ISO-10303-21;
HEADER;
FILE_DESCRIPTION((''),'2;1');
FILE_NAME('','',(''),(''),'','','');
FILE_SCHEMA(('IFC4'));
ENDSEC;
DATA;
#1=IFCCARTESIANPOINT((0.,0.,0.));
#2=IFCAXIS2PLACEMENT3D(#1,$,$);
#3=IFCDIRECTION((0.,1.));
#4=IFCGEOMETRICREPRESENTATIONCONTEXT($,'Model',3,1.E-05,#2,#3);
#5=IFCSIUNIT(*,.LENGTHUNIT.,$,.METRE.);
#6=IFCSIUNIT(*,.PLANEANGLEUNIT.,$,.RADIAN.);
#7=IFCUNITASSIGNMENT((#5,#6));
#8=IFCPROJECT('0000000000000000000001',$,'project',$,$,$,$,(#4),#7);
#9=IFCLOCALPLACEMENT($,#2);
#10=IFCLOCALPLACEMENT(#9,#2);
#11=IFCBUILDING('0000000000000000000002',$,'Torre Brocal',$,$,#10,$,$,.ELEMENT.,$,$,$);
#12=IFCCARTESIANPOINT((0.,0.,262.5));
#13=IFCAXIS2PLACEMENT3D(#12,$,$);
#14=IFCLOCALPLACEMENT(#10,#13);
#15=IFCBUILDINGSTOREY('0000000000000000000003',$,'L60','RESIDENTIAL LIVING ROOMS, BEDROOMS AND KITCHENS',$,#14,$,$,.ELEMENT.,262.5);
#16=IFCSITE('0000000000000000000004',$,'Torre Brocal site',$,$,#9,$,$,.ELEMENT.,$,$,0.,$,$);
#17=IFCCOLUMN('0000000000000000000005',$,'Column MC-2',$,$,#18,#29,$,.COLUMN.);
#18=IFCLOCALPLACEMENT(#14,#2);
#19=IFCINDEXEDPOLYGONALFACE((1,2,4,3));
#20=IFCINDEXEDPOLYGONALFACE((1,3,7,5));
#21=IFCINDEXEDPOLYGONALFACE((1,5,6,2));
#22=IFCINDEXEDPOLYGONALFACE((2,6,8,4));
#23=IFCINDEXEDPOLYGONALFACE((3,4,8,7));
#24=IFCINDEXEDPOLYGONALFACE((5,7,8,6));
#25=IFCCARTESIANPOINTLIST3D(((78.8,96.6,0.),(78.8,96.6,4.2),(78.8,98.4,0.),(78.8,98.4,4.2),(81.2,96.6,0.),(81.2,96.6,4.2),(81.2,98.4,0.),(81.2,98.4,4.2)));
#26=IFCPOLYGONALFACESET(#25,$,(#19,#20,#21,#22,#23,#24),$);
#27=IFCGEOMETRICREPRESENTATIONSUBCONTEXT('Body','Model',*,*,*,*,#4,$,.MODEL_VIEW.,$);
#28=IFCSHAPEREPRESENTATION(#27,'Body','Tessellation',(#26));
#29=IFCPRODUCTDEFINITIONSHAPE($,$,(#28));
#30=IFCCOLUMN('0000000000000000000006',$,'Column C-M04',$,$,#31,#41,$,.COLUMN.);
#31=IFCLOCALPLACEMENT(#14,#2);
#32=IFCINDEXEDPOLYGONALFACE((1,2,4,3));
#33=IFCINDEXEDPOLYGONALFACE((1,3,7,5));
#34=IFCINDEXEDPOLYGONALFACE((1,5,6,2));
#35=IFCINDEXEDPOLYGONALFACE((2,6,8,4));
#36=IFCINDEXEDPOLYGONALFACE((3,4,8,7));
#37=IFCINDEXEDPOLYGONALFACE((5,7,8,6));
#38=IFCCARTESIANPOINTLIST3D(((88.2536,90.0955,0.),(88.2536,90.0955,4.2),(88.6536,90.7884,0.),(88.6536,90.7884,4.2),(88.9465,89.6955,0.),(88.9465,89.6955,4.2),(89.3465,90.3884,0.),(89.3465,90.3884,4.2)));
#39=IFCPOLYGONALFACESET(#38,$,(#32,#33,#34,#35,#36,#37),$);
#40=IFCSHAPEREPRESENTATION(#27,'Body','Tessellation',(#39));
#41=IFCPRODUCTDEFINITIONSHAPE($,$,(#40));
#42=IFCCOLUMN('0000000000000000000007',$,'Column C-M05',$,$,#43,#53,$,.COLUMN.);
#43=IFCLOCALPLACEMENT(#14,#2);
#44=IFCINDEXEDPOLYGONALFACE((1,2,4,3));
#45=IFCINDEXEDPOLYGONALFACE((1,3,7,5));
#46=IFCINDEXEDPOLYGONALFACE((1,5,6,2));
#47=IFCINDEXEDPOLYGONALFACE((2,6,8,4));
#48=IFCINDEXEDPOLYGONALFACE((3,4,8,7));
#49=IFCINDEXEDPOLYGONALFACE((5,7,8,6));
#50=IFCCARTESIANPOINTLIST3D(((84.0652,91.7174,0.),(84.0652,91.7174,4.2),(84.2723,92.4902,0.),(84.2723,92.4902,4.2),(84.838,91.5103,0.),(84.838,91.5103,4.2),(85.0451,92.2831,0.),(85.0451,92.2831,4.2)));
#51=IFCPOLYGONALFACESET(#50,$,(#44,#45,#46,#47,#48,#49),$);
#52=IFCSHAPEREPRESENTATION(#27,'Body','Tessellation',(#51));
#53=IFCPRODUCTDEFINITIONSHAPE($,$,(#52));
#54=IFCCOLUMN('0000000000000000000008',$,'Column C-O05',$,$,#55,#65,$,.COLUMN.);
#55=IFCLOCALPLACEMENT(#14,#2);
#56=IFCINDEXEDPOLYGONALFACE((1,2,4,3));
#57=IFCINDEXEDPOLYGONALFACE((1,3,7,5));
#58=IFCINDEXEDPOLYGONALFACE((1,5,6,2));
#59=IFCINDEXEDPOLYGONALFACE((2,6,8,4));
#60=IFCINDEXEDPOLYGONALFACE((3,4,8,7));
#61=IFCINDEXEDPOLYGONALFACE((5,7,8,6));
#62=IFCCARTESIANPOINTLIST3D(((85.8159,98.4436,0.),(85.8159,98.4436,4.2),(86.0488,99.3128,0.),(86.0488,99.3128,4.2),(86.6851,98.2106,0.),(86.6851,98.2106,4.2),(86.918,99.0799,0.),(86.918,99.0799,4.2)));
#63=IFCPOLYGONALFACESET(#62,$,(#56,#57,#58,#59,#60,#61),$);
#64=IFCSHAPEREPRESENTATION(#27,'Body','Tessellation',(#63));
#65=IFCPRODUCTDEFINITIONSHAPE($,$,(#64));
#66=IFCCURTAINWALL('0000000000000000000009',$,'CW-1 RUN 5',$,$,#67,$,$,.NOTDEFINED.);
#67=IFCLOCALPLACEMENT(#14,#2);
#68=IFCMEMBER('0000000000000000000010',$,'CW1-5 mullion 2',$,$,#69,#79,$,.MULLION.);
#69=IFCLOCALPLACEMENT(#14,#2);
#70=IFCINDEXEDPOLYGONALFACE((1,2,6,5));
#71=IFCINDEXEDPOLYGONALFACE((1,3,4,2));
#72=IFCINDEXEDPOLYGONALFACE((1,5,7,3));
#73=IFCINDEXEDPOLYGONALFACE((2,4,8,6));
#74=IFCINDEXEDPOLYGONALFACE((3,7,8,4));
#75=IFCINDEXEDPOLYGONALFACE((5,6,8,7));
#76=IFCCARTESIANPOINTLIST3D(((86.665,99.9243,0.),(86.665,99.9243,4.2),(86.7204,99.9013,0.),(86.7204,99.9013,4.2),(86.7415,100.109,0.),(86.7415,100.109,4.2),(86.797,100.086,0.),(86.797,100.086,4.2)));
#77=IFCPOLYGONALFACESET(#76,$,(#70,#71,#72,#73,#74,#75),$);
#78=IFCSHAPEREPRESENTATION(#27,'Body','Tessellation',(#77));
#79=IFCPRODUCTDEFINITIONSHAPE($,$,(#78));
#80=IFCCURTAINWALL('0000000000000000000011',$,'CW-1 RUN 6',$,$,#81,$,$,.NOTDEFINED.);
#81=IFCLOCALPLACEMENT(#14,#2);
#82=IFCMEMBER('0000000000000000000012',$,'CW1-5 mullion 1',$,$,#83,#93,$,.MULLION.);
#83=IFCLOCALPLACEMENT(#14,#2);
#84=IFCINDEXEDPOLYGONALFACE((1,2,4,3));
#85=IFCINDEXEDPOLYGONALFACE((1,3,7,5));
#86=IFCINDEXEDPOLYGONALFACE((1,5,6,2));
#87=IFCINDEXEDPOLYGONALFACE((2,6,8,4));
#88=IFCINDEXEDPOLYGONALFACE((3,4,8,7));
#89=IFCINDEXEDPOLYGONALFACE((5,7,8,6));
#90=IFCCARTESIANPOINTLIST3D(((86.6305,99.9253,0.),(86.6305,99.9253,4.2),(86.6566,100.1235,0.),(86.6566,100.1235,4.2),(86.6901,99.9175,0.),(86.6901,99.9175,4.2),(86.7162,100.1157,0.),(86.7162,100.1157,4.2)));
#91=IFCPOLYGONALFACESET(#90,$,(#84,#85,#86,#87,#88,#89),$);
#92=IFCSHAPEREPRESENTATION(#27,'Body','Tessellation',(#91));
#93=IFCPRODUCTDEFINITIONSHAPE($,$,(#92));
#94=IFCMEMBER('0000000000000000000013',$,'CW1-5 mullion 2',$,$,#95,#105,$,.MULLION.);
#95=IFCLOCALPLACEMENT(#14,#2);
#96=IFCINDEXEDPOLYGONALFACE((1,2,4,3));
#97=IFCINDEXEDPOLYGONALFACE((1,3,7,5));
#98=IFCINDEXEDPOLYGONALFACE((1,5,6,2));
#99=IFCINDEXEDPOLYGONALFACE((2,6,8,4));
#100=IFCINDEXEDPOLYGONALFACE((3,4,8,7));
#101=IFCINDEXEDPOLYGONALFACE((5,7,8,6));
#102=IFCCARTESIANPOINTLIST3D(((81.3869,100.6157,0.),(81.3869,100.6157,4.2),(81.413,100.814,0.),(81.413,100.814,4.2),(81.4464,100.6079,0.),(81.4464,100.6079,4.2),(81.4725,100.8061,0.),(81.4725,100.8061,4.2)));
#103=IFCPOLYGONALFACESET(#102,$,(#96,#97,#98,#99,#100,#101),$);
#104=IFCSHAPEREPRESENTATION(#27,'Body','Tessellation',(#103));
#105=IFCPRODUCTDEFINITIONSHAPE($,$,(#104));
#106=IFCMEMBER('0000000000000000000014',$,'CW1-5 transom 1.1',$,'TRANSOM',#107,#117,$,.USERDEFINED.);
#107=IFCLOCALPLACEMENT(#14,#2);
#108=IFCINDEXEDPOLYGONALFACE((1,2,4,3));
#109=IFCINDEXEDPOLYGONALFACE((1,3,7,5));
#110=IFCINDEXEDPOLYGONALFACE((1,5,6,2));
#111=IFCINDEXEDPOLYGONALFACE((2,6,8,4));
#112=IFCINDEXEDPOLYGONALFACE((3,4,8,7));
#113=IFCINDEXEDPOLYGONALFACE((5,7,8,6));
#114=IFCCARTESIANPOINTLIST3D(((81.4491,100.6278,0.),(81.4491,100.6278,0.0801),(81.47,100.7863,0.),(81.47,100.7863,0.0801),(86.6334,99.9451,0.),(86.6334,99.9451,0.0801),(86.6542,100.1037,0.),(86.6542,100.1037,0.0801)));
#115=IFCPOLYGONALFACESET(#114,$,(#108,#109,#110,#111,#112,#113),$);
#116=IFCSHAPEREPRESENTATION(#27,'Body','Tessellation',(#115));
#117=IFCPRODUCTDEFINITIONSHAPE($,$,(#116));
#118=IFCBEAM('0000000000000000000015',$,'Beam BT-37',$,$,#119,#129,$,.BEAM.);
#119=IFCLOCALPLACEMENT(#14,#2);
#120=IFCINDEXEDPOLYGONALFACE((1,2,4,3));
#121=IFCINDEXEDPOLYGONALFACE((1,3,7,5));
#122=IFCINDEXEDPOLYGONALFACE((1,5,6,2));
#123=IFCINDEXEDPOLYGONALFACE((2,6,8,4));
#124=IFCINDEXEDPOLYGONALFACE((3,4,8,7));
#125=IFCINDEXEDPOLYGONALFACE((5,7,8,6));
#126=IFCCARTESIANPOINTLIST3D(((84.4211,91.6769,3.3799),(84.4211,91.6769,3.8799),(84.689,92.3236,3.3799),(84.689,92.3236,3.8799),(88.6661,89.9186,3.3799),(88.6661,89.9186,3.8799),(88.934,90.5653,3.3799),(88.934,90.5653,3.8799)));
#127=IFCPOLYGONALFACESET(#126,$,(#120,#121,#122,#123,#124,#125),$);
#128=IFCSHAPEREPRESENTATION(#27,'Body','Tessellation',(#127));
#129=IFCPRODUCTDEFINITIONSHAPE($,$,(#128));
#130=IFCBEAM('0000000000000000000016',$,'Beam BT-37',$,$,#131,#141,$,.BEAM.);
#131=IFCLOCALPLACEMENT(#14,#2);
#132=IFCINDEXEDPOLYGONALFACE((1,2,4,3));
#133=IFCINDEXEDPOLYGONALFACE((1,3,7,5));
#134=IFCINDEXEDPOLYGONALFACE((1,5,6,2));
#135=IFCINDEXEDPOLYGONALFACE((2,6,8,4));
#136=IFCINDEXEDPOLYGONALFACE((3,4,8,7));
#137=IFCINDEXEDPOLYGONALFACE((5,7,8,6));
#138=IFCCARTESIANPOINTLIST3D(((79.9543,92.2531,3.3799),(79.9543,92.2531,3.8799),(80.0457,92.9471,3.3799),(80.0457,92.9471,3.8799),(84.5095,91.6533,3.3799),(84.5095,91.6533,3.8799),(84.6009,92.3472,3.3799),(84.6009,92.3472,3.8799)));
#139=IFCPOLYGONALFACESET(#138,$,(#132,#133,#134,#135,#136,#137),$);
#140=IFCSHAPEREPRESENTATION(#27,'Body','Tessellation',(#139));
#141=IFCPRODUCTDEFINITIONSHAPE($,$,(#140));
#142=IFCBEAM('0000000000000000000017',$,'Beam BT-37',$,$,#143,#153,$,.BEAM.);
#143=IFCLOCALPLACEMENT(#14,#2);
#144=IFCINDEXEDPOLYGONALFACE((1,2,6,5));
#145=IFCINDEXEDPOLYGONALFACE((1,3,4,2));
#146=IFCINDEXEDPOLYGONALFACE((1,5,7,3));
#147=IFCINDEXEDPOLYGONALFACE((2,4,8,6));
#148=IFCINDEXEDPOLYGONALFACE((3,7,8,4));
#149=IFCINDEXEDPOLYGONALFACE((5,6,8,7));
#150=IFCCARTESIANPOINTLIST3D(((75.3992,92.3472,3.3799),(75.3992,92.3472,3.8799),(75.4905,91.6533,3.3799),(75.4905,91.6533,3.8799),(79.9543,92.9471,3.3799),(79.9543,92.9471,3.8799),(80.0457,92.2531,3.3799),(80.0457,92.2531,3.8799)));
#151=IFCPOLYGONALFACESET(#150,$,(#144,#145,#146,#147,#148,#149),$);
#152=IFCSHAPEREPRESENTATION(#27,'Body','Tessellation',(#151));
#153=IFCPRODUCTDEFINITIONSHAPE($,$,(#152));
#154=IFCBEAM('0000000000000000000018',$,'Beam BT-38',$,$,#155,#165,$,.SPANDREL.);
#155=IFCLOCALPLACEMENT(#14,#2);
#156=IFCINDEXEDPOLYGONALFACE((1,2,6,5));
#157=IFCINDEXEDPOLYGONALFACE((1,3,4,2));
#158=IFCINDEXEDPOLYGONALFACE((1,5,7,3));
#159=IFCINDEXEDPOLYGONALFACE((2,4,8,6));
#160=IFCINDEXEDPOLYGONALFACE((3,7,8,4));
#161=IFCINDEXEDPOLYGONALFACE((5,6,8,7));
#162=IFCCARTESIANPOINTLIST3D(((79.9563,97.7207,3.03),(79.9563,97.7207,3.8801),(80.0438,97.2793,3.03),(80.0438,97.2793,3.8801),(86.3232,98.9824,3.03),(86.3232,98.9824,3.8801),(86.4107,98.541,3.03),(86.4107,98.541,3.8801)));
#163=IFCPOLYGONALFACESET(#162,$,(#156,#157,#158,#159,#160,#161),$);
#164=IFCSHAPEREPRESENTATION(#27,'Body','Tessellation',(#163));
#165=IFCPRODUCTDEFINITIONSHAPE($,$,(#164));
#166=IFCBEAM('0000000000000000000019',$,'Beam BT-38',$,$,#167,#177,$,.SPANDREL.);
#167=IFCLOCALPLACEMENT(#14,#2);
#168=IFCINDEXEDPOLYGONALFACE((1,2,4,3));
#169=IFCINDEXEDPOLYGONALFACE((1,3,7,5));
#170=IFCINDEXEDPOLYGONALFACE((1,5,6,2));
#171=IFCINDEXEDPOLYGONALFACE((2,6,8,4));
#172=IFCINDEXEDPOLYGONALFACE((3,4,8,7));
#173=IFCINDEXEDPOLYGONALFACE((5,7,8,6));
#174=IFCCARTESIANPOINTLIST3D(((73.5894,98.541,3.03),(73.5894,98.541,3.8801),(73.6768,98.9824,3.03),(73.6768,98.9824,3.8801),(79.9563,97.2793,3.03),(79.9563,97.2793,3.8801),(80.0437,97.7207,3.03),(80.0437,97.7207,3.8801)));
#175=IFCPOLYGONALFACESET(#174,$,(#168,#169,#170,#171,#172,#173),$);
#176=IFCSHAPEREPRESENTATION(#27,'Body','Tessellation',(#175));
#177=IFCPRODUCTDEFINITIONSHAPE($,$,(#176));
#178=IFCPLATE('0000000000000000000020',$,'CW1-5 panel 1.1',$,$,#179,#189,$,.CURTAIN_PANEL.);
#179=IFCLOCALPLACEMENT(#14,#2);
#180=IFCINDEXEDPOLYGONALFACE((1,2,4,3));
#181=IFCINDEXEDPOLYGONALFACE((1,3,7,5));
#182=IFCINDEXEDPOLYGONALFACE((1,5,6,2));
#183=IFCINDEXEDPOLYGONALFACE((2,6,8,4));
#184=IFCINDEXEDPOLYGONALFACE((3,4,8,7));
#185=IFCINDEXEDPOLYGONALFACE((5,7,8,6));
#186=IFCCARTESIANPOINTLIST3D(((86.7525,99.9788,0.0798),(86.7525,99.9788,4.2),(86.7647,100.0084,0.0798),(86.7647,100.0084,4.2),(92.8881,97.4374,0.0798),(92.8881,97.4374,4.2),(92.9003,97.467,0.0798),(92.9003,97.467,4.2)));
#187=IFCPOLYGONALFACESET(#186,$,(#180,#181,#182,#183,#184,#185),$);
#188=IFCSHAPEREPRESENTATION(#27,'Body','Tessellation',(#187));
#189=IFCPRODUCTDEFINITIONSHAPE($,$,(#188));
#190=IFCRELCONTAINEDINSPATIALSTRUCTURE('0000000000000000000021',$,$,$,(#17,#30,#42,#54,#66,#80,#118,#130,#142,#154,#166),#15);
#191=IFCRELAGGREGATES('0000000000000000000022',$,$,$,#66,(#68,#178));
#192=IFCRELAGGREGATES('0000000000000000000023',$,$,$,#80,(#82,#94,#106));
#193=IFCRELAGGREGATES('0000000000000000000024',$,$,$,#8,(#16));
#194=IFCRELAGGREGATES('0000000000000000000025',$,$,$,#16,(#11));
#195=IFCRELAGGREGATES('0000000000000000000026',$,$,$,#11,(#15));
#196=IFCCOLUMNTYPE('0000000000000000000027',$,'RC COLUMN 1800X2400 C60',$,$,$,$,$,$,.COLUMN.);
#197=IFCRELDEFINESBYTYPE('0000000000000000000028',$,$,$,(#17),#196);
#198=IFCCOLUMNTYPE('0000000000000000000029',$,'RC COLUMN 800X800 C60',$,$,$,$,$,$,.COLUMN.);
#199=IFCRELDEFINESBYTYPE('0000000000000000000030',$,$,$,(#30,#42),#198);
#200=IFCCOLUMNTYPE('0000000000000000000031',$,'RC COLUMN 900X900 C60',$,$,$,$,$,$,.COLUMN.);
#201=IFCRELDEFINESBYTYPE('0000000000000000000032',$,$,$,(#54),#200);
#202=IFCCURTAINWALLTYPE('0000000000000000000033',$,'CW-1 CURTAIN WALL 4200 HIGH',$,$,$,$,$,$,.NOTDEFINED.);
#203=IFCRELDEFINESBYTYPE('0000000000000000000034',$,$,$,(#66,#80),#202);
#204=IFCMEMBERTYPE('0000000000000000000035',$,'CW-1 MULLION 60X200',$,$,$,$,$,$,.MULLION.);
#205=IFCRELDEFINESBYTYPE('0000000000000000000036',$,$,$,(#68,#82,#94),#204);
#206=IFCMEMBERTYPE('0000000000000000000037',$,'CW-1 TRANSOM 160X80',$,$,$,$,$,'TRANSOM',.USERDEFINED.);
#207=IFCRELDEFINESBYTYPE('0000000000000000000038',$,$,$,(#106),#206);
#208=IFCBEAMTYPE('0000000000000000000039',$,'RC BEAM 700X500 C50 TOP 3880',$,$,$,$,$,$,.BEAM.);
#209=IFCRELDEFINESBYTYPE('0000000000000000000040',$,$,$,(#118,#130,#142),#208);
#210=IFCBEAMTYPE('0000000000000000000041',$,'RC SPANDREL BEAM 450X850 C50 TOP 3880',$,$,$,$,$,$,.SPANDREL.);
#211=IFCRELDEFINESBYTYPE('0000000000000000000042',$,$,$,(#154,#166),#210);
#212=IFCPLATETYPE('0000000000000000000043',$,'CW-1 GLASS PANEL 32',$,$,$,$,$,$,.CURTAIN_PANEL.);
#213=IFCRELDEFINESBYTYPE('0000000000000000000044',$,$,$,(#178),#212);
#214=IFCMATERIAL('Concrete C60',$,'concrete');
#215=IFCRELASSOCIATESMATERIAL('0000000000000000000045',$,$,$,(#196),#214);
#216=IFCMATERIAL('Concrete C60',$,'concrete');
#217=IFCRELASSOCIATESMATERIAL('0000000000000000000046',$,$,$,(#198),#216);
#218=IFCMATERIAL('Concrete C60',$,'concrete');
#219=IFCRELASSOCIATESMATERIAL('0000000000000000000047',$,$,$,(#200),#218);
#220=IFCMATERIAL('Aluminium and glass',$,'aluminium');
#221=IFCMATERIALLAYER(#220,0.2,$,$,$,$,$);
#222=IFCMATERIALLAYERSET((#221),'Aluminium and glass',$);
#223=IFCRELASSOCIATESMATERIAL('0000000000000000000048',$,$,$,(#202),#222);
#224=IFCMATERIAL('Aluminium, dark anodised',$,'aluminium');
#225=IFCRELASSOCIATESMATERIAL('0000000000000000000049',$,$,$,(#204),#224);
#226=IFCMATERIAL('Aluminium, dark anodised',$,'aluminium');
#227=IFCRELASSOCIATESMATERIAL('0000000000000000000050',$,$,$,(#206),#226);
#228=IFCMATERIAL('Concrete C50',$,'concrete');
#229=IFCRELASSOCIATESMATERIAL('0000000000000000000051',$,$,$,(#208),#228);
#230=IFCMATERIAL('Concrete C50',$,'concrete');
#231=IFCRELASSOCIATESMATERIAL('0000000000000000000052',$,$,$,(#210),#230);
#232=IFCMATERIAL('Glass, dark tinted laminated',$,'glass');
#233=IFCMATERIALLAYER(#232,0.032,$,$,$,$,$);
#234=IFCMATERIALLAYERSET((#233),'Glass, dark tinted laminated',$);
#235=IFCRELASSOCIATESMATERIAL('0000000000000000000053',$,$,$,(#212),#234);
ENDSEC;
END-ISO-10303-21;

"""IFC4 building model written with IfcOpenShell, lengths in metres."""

from ifc_helpers import new_model, si_unit, direction, frame, origin, origin_2d, place, context, subcontext, project, spatial, rectangle, extrude, material, layer, layer_set, material_profile, profile_set, type_object, element, aggregate, save


model = new_model("IFC4")

# Units and contexts
model_context = context("Model", 3, precision=1e-05, world=origin(), true_north=direction((0.0, 1.0)))
body_context = subcontext(model_context, "Body", "Model", "MODEL_VIEW")
ifc_project = project(units=[si_unit("LENGTHUNIT", "METRE"), si_unit("PLANEANGLEUNIT", "RADIAN")], contexts=[model_context])

# Site, building, storey
site_placement = place(None, origin())
site = spatial("IfcSite", under=ifc_project, at=site_placement, Name="Torre Brocal site", CompositionType="ELEMENT", RefElevation=0.0)
building_placement = place(site_placement, origin())
building = spatial("IfcBuilding", under=site, at=building_placement, Name="Torre Brocal", CompositionType="ELEMENT")
storey_placement = place(building_placement, frame((0.0, 0.0, 262.5)))
storey = spatial("IfcBuildingStorey", under=building, at=storey_placement, Name="L60", Description="RESIDENTIAL LIVING ROOMS, BEDROOMS AND KITCHENS", CompositionType="ELEMENT", Elevation=262.5)

# Columns
ifc_material_1 = material(Name="Concrete C60", Category="concrete")
ifc_material_profile_1 = material_profile(ifc_material_1, rectangle(XDim=1.8, YDim=2.3999, at=origin_2d()), Name="RC 1800X2400")
ifc_profile_set_1 = profile_set([ifc_material_profile_1], Name="Concrete C60")
column_type_1 = type_object("IfcColumnType", Name="RC COLUMN 1800X2400 C60", PredefinedType="COLUMN", material=ifc_profile_set_1)
column_1_placement = place(storey_placement, frame((80.0, 97.5, 0.0), z_axis=(0.0, 0.0, 1.0), x_axis=(0.0, 1.0, 0.0)))
element("IfcColumn", 1, at=column_1_placement, inside=storey, type_object=column_type_1, Name="Column MC-2", PredefinedType="COLUMN", context=body_context, shape_type="SweptSolid", body=[
    extrude(rectangle(XDim=1.8, YDim=2.3999, at=origin_2d()), origin(), (0.0, 0.0, 1.0), 4.2),
])
ifc_material_2 = material(Name="Concrete C60", Category="concrete")
ifc_material_profile_2 = material_profile(ifc_material_2, rectangle(XDim=0.8, YDim=0.8, at=origin_2d()), Name="RC 800X800")
ifc_profile_set_2 = profile_set([ifc_material_profile_2], Name="Concrete C60")
column_type_2 = type_object("IfcColumnType", Name="RC COLUMN 800X800 C60", PredefinedType="COLUMN", material=ifc_profile_set_2)
for number, where, z_axis, x_axis, name in (
    (2, (88.8, 90.2419, 0.0), (0.0, 0.0, 1.0), (0.5, 0.866025, 0.0), "Column C-M04"),
    (3, (84.5552, 92.0002, 0.0), (0.0, 0.0, 1.0), (0.258819, 0.965926, 0.0), "Column C-M05"),
):
    element("IfcColumn", number, at=place(storey_placement, frame(where, z_axis=z_axis, x_axis=x_axis)), inside=storey, type_object=column_type_2, Name=name, PredefinedType="COLUMN", context=body_context, shape_type="SweptSolid", body=[
        extrude(rectangle(XDim=0.8, YDim=0.8, at=origin_2d()), origin(), (0.0, 0.0, 1.0), 4.2),
    ])
ifc_material_3 = material(Name="Concrete C60", Category="concrete")
ifc_material_profile_3 = material_profile(ifc_material_3, rectangle(XDim=0.8999, YDim=0.8999, at=origin_2d()), Name="RC 900X900")
ifc_profile_set_3 = profile_set([ifc_material_profile_3], Name="Concrete C60")
column_type_3 = type_object("IfcColumnType", Name="RC COLUMN 900X900 C60", PredefinedType="COLUMN", material=ifc_profile_set_3)
column_2_placement = place(storey_placement, frame((86.3669, 98.7617, 0.0), z_axis=(0.0, 0.0, 1.0), x_axis=(0.258819, 0.965926, 0.0)))
element("IfcColumn", 4, at=column_2_placement, inside=storey, type_object=column_type_3, Name="Column C-O05", PredefinedType="COLUMN", context=body_context, shape_type="SweptSolid", body=[
    extrude(rectangle(XDim=0.8999, YDim=0.8999, at=origin_2d()), origin(), (0.0, 0.0, 1.0), 4.2),
])

# Curtain wall, member
ifc_material_4 = material(Name="Aluminium and glass", Category="aluminium")
ifc_layer_1 = layer(ifc_material_4, 0.2)
ifc_layer_set_1 = layer_set([ifc_layer_1], Name="Aluminium and glass")
curtain_wall_type = type_object("IfcCurtainWallType", Name="CW-1 CURTAIN WALL 4200 HIGH", PredefinedType="NOTDEFINED", material=ifc_layer_set_1)
curtain_wall_1_placement = place(storey_placement, origin())
curtain_wall_1 = element("IfcCurtainWall", 5, at=curtain_wall_1_placement, inside=storey, type_object=curtain_wall_type, Name="CW-1 RUN 5", PredefinedType="NOTDEFINED")
ifc_material_5 = material(Name="Aluminium, dark anodised", Category="aluminium")
ifc_material_profile_4 = material_profile(ifc_material_5, rectangle(XDim=0.2, YDim=0.0601, at=origin_2d()), Name="CW-1 MULLION 60X200")
ifc_profile_set_4 = profile_set([ifc_material_profile_4], Name="Aluminium, dark anodised")
member_type_1 = type_object("IfcMemberType", Name="CW-1 MULLION 60X200", PredefinedType="MULLION", material=ifc_profile_set_4)
member_1_placement = place(storey_placement, frame((86.731, 100.0051, 0.0), z_axis=(0.0, 0.0, 1.0), x_axis=(-0.382683, -0.92388, 0.0)))
member_1 = element("IfcMember", 6, at=member_1_placement, type_object=member_type_1, Name="CW1-5 mullion 2", PredefinedType="MULLION", context=body_context, shape_type="SweptSolid", body=[
    extrude(rectangle(XDim=0.2, YDim=0.0601, at=origin_2d()), origin(), (0.0, 0.0, 1.0), 4.2),
])

# Curtain wall, members
curtain_wall_2_placement = place(storey_placement, origin())
curtain_wall_2 = element("IfcCurtainWall", 7, at=curtain_wall_2_placement, inside=storey, type_object=curtain_wall_type, Name="CW-1 RUN 6", PredefinedType="NOTDEFINED")
member_2_placement = place(storey_placement, frame((86.6733, 100.0205, 0.0), z_axis=(0.0, 0.0, 1.0), x_axis=(-0.130526, -0.991445, 0.0)))
member_2 = element("IfcMember", 8, at=member_2_placement, type_object=member_type_1, Name="CW1-5 mullion 1", PredefinedType="MULLION", context=body_context, shape_type="SweptSolid", body=[
    extrude(rectangle(XDim=0.2, YDim=0.0601, at=origin_2d()), origin(), (0.0, 0.0, 1.0), 4.2),
])
member_3_placement = place(storey_placement, frame((81.4297, 100.7109, 0.0), z_axis=(0.0, 0.0, 1.0), x_axis=(-0.130526, -0.991445, 0.0)))
member_3 = element("IfcMember", 9, at=member_3_placement, type_object=member_type_1, Name="CW1-5 mullion 2", PredefinedType="MULLION", context=body_context, shape_type="SweptSolid", body=[
    extrude(rectangle(XDim=0.2, YDim=0.0601, at=origin_2d()), origin(), (0.0, 0.0, 1.0), 4.2),
])
ifc_material_6 = material(Name="Aluminium, dark anodised", Category="aluminium")
ifc_material_profile_5 = material_profile(ifc_material_6, rectangle(XDim=0.1599, YDim=0.0801, at=origin_2d()), Name="CW-1 TRANSOM 160X80")
ifc_profile_set_5 = profile_set([ifc_material_profile_5], Name="Aluminium, dark anodised")
member_type_2 = type_object("IfcMemberType", Name="CW-1 TRANSOM 160X80", ElementType="TRANSOM", PredefinedType="USERDEFINED", material=ifc_profile_set_5)
member_4_placement = place(storey_placement, frame((86.6438, 100.0244, 0.04), z_axis=(-0.991443, 0.130543, 0.0), x_axis=(-0.130543, -0.991443, 0.0)))
member_4 = element("IfcMember", 10, at=member_4_placement, type_object=member_type_2, Name="CW1-5 transom 1.1", ObjectType="TRANSOM", PredefinedType="USERDEFINED", context=body_context, shape_type="SweptSolid", body=[
    extrude(rectangle(XDim=0.1599, YDim=0.0801, at=origin_2d()), origin(), (0.0, 0.0, 1.0), 5.229),
])

# Beams
ifc_material_7 = material(Name="Concrete C50", Category="concrete")
ifc_material_profile_6 = material_profile(ifc_material_7, rectangle(XDim=0.7, YDim=0.5, at=origin_2d()), Name="RC 700X500")
ifc_profile_set_6 = profile_set([ifc_material_profile_6], Name="Concrete C50")
beam_type_1 = type_object("IfcBeamType", Name="RC BEAM 700X500 C50 TOP 3880", PredefinedType="BEAM", material=ifc_profile_set_6)
beam_placement = place(storey_placement, frame((88.8, 90.2419, 3.6299), z_axis=(-0.923878, 0.382687, 0.0), x_axis=(-0.382687, -0.923878, 0.0)))
element("IfcBeam", 11, at=beam_placement, inside=storey, type_object=beam_type_1, Name="Beam BT-37", PredefinedType="BEAM", context=body_context, shape_type="SweptSolid", body=[
    extrude(rectangle(XDim=0.7, YDim=0.5, at=origin_2d()), origin(), (0.0, 0.0, 1.0), 4.5947),
])
for number, where, z_axis, x_axis, name in (
    (12, (84.5552, 92.0002, 3.6299), (-0.991441, 0.130559, 0.0), (-0.130559, -0.991441, 0.0), "Beam BT-37"),
    (13, (80.0, 92.6001, 3.6299), (-0.991441, -0.130559, 0.0), (0.130559, -0.991441, 0.0), "Beam BT-37"),
):
    element("IfcBeam", number, at=place(storey_placement, frame(where, z_axis=z_axis, x_axis=x_axis)), inside=storey, type_object=beam_type_1, Name=name, PredefinedType="BEAM", context=body_context, shape_type="SweptSolid", body=[
        extrude(rectangle(XDim=0.7, YDim=0.5, at=origin_2d()), origin(), (0.0, 0.0, 1.0), 4.5945),
    ])
ifc_material_8 = material(Name="Concrete C50", Category="concrete")
ifc_material_profile_7 = material_profile(ifc_material_8, rectangle(XDim=0.45, YDim=0.8501, at=origin_2d()), Name="RC 450X850")
ifc_profile_set_7 = profile_set([ifc_material_profile_7], Name="Concrete C50")
beam_type_2 = type_object("IfcBeamType", Name="RC SPANDREL BEAM 450X850 C50 TOP 3880", PredefinedType="SPANDREL", material=ifc_profile_set_7)
for number, where, z_axis, x_axis, name in (
    (14, (86.3669, 98.7617, 3.4551), (-0.980925, -0.194387, 0.0), (0.194387, -0.980925, 0.0), "Beam BT-38"),
    (15, (80.0, 97.5, 3.4551), (-0.980925, 0.194387, 0.0), (-0.194387, -0.980925, 0.0), "Beam BT-38"),
):
    element("IfcBeam", number, at=place(storey_placement, frame(where, z_axis=z_axis, x_axis=x_axis)), inside=storey, type_object=beam_type_2, Name=name, PredefinedType="SPANDREL", context=body_context, shape_type="SweptSolid", body=[
        extrude(rectangle(XDim=0.45, YDim=0.8501, at=origin_2d()), origin(), (0.0, 0.0, 1.0), 6.4907),
    ])

# Plate
ifc_material_9 = material(Name="Glass, dark tinted laminated", Category="glass")
ifc_layer_2 = layer(ifc_material_9, 0.032)
ifc_layer_set_2 = layer_set([ifc_layer_2], Name="Glass, dark tinted laminated")
plate_type = type_object("IfcPlateType", Name="CW-1 GLASS PANEL 32", PredefinedType="CURTAIN_PANEL", material=ifc_layer_set_2)
plate_1_placement = place(storey_placement, frame((89.8264, 98.7229, 0.0798), z_axis=(0.0, 0.0, 1.0), x_axis=(-0.92388, 0.382683, 0.0)))
plate_1 = element("IfcPlate", 16, at=plate_1_placement, type_object=plate_type, Name="CW1-5 panel 1.1", PredefinedType="CURTAIN_PANEL", context=body_context, shape_type="SweptSolid", body=[
    extrude(rectangle(XDim=6.6411, YDim=0.032, at=origin_2d()), origin(), (0.0, 0.0, 1.0), 4.1201),
])
aggregate(curtain_wall_1, [member_1, plate_1])
aggregate(curtain_wall_2, [member_2, member_3, member_4])

save(model, "model.ifc")
